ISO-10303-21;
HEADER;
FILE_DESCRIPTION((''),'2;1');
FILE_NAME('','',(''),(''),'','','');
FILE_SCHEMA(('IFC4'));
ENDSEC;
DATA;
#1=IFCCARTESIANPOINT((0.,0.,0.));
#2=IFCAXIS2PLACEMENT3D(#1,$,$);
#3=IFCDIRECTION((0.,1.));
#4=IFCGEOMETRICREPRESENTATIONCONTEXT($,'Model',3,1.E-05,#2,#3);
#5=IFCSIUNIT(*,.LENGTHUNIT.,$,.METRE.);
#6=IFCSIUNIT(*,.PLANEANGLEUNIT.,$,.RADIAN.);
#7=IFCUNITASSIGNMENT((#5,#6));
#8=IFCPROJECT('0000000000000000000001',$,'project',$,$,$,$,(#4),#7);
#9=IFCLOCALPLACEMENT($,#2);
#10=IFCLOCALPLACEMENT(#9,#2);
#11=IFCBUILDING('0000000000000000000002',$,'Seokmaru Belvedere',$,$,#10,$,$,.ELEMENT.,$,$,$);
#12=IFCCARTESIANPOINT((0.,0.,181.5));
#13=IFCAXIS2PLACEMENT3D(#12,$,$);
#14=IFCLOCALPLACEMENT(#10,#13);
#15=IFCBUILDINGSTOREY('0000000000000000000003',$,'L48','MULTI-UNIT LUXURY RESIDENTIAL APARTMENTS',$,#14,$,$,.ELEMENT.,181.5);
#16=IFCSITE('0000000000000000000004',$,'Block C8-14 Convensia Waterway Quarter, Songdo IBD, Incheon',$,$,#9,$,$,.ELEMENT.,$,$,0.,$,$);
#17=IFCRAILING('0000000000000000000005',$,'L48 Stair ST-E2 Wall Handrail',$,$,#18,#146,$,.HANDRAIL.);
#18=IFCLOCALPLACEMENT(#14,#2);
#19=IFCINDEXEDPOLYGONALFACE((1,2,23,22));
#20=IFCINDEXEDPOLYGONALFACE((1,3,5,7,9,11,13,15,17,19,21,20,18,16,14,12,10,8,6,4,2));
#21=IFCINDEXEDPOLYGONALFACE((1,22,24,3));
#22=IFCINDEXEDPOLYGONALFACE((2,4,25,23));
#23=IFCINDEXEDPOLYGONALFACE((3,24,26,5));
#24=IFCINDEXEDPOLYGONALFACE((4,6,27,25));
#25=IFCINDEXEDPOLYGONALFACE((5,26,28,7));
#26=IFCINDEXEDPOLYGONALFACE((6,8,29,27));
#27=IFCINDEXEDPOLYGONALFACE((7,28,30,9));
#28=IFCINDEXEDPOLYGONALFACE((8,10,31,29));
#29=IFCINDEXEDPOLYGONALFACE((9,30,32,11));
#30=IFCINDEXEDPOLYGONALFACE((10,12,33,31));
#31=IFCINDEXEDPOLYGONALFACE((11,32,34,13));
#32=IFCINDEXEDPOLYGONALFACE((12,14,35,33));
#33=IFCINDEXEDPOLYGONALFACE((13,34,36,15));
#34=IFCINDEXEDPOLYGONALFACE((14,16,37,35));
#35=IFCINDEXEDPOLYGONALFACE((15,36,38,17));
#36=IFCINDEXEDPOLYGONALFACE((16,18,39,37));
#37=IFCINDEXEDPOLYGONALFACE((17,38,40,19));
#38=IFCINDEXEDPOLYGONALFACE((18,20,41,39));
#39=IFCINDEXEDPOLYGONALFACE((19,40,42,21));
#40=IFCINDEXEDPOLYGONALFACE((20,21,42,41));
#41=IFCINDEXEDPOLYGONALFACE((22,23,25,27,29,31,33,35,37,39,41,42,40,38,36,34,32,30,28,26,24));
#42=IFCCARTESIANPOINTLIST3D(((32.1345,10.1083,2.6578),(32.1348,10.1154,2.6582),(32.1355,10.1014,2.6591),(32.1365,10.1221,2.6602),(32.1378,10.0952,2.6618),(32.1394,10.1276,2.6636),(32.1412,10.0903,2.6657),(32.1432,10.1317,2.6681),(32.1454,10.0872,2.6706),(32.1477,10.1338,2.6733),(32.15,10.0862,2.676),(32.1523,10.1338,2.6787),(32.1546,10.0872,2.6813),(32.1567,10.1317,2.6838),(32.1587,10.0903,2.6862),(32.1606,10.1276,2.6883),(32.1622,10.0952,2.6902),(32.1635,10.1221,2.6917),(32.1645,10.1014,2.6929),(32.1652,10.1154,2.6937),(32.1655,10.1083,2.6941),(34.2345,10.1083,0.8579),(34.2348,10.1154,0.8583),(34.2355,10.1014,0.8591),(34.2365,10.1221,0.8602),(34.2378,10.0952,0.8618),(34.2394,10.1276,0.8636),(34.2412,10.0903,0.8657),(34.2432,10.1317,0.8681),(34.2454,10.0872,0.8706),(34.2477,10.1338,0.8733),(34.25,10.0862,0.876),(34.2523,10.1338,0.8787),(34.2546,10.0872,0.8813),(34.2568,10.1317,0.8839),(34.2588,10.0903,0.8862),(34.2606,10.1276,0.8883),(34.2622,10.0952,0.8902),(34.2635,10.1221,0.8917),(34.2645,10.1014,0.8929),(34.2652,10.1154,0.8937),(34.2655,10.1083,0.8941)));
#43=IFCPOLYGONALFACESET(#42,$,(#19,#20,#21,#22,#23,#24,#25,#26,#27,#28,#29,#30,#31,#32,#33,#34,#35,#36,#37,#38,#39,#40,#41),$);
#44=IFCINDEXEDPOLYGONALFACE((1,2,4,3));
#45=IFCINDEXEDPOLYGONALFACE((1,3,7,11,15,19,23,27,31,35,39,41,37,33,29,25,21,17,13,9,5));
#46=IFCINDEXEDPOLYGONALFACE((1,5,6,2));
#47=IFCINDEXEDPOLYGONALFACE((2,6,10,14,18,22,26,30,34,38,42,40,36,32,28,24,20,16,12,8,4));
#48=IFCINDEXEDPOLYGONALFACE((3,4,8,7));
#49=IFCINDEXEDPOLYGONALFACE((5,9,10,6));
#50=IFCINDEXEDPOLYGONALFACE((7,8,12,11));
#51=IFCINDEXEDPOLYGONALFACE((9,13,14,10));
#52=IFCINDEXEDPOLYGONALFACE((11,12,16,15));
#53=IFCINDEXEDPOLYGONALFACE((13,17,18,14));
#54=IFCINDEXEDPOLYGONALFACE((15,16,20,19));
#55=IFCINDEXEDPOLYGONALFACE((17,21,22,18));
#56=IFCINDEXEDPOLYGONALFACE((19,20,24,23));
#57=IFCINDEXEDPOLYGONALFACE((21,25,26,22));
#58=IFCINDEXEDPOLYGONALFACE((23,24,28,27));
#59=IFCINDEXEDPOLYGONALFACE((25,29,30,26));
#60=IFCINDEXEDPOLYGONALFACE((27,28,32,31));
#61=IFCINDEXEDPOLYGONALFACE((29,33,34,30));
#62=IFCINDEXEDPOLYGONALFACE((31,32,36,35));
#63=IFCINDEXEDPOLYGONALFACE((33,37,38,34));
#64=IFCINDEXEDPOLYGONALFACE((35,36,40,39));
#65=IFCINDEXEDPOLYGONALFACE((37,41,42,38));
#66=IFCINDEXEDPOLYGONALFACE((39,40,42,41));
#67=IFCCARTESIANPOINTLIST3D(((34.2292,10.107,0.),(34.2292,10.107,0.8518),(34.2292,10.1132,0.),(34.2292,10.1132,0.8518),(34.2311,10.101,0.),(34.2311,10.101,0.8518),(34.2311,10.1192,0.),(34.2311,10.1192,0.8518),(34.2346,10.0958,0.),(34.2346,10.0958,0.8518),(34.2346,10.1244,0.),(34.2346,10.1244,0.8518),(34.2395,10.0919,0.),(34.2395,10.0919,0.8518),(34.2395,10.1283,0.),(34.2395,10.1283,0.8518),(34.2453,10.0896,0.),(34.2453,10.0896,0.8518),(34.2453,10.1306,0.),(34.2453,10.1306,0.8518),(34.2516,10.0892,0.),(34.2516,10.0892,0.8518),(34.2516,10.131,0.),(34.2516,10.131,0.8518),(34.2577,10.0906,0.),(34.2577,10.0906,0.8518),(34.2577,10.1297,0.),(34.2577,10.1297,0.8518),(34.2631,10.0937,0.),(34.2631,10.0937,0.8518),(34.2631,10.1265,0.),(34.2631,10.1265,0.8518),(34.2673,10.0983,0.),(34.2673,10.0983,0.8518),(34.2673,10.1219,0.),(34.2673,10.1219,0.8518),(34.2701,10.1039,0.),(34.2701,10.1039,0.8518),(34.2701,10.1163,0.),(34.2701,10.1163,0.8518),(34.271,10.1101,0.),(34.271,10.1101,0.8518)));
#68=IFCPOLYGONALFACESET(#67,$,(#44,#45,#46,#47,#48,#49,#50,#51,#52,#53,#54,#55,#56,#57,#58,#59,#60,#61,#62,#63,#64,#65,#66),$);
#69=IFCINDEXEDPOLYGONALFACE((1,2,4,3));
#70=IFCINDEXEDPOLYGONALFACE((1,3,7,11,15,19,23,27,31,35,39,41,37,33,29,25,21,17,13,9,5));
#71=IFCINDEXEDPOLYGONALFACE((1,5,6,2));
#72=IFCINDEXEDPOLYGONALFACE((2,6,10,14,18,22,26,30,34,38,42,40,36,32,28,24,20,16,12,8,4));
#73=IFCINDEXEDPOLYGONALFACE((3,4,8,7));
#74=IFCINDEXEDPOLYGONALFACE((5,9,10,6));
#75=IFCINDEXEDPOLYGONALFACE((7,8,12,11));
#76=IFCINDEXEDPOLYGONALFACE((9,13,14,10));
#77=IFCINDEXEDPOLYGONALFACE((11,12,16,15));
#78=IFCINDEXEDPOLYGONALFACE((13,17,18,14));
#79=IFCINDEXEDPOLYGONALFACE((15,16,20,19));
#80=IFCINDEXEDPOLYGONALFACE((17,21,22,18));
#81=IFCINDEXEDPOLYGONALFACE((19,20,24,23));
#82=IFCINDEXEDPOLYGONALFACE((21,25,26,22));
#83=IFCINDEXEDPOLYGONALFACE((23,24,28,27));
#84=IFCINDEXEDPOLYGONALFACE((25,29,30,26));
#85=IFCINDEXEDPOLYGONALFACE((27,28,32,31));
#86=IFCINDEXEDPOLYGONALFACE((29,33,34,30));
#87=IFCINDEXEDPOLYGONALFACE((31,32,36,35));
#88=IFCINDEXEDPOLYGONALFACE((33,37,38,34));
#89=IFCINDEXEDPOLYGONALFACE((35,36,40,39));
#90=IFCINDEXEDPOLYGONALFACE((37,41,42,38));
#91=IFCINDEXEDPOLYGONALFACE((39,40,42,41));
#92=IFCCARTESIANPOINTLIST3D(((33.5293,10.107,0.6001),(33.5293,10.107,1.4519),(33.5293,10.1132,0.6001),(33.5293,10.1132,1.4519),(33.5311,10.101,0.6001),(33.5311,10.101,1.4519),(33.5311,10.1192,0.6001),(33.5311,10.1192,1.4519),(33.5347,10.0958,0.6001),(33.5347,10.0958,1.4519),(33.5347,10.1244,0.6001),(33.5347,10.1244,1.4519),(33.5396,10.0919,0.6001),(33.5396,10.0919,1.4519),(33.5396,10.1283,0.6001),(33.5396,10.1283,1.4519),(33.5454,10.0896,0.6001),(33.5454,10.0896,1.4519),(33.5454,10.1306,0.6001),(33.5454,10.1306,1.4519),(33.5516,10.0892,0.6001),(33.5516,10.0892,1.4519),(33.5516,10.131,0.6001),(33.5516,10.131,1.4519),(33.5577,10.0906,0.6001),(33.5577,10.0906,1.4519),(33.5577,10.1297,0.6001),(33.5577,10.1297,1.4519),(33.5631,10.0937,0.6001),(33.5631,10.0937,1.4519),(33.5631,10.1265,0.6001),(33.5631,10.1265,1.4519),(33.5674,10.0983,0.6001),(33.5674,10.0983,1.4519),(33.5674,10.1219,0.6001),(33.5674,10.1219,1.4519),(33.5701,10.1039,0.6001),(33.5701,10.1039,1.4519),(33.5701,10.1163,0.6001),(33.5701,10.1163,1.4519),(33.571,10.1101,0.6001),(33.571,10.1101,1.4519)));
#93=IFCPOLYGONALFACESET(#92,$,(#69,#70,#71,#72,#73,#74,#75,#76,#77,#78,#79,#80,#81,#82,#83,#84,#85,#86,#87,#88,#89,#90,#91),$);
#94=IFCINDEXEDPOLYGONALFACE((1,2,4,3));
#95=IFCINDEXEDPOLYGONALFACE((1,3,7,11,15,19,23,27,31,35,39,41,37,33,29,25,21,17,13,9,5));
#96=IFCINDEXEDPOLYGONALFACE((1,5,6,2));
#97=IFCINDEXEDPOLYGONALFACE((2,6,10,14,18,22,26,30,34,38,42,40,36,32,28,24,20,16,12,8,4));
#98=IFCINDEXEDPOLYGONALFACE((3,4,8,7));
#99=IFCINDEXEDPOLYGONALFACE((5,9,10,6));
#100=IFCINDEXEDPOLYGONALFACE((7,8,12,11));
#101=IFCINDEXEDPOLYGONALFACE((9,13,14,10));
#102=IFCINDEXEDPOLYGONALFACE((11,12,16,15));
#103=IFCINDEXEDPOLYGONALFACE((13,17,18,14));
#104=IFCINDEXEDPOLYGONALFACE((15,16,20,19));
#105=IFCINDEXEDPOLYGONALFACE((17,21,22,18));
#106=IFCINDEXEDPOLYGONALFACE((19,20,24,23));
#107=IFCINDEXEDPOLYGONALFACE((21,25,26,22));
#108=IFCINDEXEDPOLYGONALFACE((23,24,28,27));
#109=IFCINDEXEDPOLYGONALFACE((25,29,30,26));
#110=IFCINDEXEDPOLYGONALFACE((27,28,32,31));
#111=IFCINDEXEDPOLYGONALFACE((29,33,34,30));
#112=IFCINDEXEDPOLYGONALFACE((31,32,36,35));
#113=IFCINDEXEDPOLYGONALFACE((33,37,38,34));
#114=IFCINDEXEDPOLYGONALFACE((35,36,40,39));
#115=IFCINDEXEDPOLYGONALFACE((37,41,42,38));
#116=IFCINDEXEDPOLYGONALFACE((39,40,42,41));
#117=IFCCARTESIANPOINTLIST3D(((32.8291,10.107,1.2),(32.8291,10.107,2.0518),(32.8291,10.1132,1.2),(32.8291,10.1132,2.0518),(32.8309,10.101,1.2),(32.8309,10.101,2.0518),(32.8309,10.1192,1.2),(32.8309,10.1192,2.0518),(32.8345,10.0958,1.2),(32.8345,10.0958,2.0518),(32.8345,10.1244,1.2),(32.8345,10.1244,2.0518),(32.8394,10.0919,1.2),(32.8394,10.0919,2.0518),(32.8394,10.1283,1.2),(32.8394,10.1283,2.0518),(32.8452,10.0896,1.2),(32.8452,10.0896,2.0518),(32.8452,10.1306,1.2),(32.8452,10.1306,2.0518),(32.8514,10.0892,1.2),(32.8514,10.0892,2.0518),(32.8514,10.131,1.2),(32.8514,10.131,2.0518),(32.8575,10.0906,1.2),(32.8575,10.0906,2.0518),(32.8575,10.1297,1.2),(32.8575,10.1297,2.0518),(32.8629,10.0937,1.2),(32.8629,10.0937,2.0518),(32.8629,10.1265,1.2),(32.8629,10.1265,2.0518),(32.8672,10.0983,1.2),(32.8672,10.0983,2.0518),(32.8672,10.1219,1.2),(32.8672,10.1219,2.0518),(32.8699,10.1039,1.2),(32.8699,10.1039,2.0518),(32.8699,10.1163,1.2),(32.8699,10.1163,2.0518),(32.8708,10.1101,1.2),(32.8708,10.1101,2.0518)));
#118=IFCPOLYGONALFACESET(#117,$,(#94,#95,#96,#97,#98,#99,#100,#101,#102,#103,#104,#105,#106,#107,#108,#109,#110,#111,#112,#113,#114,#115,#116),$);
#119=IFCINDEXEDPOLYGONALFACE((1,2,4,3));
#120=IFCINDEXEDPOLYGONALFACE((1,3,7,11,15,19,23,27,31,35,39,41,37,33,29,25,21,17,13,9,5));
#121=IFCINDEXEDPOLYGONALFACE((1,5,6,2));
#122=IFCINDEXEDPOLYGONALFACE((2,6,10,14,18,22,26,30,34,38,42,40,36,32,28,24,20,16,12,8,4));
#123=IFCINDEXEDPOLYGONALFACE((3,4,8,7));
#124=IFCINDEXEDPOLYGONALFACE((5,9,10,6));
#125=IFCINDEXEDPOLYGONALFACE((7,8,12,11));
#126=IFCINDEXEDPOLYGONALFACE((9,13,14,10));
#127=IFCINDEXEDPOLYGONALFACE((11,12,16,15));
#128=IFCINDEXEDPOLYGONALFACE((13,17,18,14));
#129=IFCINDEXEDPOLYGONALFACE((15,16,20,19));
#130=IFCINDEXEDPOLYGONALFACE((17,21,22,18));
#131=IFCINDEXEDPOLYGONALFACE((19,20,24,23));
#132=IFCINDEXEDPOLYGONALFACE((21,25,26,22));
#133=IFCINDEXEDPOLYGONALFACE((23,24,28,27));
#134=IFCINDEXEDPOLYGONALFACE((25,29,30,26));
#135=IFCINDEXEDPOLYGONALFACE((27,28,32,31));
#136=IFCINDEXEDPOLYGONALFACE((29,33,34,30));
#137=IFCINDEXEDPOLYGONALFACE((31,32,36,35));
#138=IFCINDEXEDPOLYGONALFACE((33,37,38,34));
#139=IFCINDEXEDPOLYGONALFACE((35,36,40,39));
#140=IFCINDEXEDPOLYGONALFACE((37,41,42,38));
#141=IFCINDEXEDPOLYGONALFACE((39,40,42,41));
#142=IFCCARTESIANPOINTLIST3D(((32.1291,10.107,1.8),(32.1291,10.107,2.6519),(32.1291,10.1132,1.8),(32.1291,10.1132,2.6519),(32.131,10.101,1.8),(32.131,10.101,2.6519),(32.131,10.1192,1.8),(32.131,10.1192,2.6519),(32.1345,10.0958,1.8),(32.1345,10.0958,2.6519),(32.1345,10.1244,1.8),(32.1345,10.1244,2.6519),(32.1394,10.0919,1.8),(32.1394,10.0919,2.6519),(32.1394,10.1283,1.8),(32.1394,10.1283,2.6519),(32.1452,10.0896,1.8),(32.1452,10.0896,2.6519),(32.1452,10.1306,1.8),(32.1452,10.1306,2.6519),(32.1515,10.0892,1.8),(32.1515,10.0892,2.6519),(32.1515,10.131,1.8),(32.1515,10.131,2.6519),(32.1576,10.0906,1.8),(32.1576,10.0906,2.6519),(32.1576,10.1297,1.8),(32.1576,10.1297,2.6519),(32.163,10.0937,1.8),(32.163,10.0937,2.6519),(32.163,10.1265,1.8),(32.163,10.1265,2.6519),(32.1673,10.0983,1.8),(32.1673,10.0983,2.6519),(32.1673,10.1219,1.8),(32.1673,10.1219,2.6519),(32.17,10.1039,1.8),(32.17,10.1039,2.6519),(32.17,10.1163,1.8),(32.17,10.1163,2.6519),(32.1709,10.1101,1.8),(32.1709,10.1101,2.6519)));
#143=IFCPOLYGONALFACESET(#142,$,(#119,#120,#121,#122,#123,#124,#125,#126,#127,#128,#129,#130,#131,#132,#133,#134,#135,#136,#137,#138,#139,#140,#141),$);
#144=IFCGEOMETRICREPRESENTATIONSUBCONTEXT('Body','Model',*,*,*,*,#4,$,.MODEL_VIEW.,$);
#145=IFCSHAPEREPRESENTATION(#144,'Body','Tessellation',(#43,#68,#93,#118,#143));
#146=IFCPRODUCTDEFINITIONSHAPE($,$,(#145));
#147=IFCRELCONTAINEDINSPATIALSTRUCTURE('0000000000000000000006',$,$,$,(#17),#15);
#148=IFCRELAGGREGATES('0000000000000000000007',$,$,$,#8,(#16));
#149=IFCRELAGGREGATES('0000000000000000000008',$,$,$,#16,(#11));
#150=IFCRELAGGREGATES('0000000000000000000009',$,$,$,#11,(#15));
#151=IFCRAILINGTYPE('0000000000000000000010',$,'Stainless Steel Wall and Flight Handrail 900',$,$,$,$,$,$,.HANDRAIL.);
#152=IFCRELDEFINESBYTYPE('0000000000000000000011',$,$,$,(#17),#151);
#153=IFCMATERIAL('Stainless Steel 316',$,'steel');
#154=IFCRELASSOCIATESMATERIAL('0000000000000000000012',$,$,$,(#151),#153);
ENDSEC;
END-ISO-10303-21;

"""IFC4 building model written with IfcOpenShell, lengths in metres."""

from ifc_helpers import new_model, si_unit, direction, frame, origin, origin_2d, place, context, subcontext, project, spatial, circle, extrude, material, type_object, element, save


model = new_model("IFC4")

# Units and contexts
model_context = context("Model", 3, precision=1e-05, world=origin(), true_north=direction((0.0, 1.0)))
body_context = subcontext(model_context, "Body", "Model", "MODEL_VIEW")
ifc_project = project(units=[si_unit("LENGTHUNIT", "METRE"), si_unit("PLANEANGLEUNIT", "RADIAN")], contexts=[model_context])

# Site, building, storey
site_placement = place(None, origin())
site = spatial("IfcSite", under=ifc_project, at=site_placement, Name="Block C8-14 Convensia Waterway Quarter, Songdo IBD, Incheon", CompositionType="ELEMENT", RefElevation=0.0)
building_placement = place(site_placement, origin())
building = spatial("IfcBuilding", under=site, at=building_placement, Name="Seokmaru Belvedere", CompositionType="ELEMENT")
storey_placement = place(building_placement, frame((0.0, 0.0, 181.5)))
storey = spatial("IfcBuildingStorey", under=building, at=storey_placement, Name="L48", Description="MULTI-UNIT LUXURY RESIDENTIAL APARTMENTS", CompositionType="ELEMENT", Elevation=181.5)

# Shared definitions
ifc_material_1 = material(Name="Stainless Steel 316", Category="steel")

# Railing
railing_type = type_object("IfcRailingType", Name="Stainless Steel Wall and Flight Handrail 900", PredefinedType="HANDRAIL", material=ifc_material_1)
railing_placement = place(storey_placement, frame((34.25, 10.1101, 0.0)))
element("IfcRailing", 1, at=railing_placement, inside=storey, type_object=railing_type, Name="L48 Stair ST-E2 Wall Handrail", PredefinedType="HANDRAIL", context=body_context, shape_type="SweptSolid", body=[
    extrude(circle(Radius=0.0239, at=origin_2d()), frame((0.0, 0.0, 0.876), z_axis=(-0.759263, 0.0, 0.650784), x_axis=(0.0, -1.0, 0.0)), (0.0, 0.0, 1.0), 2.7659),
    extrude(circle(Radius=0.021, at=origin_2d()), origin(), (0.0, 0.0, 1.0), 0.8518),
    extrude(circle(Radius=0.021, at=origin_2d()), frame((-0.7, 0.0, 0.6001)), (0.0, 0.0, 1.0), 0.8518),
    extrude(circle(Radius=0.021, at=origin_2d()), frame((-1.4001, 0.0, 1.2)), (0.0, 0.0, 1.0), 0.8518),
    extrude(circle(Radius=0.021, at=origin_2d()), frame((-2.1001, 0.0, 1.8)), (0.0, 0.0, 1.0), 0.8518),
])

save(model, "model.ifc")
